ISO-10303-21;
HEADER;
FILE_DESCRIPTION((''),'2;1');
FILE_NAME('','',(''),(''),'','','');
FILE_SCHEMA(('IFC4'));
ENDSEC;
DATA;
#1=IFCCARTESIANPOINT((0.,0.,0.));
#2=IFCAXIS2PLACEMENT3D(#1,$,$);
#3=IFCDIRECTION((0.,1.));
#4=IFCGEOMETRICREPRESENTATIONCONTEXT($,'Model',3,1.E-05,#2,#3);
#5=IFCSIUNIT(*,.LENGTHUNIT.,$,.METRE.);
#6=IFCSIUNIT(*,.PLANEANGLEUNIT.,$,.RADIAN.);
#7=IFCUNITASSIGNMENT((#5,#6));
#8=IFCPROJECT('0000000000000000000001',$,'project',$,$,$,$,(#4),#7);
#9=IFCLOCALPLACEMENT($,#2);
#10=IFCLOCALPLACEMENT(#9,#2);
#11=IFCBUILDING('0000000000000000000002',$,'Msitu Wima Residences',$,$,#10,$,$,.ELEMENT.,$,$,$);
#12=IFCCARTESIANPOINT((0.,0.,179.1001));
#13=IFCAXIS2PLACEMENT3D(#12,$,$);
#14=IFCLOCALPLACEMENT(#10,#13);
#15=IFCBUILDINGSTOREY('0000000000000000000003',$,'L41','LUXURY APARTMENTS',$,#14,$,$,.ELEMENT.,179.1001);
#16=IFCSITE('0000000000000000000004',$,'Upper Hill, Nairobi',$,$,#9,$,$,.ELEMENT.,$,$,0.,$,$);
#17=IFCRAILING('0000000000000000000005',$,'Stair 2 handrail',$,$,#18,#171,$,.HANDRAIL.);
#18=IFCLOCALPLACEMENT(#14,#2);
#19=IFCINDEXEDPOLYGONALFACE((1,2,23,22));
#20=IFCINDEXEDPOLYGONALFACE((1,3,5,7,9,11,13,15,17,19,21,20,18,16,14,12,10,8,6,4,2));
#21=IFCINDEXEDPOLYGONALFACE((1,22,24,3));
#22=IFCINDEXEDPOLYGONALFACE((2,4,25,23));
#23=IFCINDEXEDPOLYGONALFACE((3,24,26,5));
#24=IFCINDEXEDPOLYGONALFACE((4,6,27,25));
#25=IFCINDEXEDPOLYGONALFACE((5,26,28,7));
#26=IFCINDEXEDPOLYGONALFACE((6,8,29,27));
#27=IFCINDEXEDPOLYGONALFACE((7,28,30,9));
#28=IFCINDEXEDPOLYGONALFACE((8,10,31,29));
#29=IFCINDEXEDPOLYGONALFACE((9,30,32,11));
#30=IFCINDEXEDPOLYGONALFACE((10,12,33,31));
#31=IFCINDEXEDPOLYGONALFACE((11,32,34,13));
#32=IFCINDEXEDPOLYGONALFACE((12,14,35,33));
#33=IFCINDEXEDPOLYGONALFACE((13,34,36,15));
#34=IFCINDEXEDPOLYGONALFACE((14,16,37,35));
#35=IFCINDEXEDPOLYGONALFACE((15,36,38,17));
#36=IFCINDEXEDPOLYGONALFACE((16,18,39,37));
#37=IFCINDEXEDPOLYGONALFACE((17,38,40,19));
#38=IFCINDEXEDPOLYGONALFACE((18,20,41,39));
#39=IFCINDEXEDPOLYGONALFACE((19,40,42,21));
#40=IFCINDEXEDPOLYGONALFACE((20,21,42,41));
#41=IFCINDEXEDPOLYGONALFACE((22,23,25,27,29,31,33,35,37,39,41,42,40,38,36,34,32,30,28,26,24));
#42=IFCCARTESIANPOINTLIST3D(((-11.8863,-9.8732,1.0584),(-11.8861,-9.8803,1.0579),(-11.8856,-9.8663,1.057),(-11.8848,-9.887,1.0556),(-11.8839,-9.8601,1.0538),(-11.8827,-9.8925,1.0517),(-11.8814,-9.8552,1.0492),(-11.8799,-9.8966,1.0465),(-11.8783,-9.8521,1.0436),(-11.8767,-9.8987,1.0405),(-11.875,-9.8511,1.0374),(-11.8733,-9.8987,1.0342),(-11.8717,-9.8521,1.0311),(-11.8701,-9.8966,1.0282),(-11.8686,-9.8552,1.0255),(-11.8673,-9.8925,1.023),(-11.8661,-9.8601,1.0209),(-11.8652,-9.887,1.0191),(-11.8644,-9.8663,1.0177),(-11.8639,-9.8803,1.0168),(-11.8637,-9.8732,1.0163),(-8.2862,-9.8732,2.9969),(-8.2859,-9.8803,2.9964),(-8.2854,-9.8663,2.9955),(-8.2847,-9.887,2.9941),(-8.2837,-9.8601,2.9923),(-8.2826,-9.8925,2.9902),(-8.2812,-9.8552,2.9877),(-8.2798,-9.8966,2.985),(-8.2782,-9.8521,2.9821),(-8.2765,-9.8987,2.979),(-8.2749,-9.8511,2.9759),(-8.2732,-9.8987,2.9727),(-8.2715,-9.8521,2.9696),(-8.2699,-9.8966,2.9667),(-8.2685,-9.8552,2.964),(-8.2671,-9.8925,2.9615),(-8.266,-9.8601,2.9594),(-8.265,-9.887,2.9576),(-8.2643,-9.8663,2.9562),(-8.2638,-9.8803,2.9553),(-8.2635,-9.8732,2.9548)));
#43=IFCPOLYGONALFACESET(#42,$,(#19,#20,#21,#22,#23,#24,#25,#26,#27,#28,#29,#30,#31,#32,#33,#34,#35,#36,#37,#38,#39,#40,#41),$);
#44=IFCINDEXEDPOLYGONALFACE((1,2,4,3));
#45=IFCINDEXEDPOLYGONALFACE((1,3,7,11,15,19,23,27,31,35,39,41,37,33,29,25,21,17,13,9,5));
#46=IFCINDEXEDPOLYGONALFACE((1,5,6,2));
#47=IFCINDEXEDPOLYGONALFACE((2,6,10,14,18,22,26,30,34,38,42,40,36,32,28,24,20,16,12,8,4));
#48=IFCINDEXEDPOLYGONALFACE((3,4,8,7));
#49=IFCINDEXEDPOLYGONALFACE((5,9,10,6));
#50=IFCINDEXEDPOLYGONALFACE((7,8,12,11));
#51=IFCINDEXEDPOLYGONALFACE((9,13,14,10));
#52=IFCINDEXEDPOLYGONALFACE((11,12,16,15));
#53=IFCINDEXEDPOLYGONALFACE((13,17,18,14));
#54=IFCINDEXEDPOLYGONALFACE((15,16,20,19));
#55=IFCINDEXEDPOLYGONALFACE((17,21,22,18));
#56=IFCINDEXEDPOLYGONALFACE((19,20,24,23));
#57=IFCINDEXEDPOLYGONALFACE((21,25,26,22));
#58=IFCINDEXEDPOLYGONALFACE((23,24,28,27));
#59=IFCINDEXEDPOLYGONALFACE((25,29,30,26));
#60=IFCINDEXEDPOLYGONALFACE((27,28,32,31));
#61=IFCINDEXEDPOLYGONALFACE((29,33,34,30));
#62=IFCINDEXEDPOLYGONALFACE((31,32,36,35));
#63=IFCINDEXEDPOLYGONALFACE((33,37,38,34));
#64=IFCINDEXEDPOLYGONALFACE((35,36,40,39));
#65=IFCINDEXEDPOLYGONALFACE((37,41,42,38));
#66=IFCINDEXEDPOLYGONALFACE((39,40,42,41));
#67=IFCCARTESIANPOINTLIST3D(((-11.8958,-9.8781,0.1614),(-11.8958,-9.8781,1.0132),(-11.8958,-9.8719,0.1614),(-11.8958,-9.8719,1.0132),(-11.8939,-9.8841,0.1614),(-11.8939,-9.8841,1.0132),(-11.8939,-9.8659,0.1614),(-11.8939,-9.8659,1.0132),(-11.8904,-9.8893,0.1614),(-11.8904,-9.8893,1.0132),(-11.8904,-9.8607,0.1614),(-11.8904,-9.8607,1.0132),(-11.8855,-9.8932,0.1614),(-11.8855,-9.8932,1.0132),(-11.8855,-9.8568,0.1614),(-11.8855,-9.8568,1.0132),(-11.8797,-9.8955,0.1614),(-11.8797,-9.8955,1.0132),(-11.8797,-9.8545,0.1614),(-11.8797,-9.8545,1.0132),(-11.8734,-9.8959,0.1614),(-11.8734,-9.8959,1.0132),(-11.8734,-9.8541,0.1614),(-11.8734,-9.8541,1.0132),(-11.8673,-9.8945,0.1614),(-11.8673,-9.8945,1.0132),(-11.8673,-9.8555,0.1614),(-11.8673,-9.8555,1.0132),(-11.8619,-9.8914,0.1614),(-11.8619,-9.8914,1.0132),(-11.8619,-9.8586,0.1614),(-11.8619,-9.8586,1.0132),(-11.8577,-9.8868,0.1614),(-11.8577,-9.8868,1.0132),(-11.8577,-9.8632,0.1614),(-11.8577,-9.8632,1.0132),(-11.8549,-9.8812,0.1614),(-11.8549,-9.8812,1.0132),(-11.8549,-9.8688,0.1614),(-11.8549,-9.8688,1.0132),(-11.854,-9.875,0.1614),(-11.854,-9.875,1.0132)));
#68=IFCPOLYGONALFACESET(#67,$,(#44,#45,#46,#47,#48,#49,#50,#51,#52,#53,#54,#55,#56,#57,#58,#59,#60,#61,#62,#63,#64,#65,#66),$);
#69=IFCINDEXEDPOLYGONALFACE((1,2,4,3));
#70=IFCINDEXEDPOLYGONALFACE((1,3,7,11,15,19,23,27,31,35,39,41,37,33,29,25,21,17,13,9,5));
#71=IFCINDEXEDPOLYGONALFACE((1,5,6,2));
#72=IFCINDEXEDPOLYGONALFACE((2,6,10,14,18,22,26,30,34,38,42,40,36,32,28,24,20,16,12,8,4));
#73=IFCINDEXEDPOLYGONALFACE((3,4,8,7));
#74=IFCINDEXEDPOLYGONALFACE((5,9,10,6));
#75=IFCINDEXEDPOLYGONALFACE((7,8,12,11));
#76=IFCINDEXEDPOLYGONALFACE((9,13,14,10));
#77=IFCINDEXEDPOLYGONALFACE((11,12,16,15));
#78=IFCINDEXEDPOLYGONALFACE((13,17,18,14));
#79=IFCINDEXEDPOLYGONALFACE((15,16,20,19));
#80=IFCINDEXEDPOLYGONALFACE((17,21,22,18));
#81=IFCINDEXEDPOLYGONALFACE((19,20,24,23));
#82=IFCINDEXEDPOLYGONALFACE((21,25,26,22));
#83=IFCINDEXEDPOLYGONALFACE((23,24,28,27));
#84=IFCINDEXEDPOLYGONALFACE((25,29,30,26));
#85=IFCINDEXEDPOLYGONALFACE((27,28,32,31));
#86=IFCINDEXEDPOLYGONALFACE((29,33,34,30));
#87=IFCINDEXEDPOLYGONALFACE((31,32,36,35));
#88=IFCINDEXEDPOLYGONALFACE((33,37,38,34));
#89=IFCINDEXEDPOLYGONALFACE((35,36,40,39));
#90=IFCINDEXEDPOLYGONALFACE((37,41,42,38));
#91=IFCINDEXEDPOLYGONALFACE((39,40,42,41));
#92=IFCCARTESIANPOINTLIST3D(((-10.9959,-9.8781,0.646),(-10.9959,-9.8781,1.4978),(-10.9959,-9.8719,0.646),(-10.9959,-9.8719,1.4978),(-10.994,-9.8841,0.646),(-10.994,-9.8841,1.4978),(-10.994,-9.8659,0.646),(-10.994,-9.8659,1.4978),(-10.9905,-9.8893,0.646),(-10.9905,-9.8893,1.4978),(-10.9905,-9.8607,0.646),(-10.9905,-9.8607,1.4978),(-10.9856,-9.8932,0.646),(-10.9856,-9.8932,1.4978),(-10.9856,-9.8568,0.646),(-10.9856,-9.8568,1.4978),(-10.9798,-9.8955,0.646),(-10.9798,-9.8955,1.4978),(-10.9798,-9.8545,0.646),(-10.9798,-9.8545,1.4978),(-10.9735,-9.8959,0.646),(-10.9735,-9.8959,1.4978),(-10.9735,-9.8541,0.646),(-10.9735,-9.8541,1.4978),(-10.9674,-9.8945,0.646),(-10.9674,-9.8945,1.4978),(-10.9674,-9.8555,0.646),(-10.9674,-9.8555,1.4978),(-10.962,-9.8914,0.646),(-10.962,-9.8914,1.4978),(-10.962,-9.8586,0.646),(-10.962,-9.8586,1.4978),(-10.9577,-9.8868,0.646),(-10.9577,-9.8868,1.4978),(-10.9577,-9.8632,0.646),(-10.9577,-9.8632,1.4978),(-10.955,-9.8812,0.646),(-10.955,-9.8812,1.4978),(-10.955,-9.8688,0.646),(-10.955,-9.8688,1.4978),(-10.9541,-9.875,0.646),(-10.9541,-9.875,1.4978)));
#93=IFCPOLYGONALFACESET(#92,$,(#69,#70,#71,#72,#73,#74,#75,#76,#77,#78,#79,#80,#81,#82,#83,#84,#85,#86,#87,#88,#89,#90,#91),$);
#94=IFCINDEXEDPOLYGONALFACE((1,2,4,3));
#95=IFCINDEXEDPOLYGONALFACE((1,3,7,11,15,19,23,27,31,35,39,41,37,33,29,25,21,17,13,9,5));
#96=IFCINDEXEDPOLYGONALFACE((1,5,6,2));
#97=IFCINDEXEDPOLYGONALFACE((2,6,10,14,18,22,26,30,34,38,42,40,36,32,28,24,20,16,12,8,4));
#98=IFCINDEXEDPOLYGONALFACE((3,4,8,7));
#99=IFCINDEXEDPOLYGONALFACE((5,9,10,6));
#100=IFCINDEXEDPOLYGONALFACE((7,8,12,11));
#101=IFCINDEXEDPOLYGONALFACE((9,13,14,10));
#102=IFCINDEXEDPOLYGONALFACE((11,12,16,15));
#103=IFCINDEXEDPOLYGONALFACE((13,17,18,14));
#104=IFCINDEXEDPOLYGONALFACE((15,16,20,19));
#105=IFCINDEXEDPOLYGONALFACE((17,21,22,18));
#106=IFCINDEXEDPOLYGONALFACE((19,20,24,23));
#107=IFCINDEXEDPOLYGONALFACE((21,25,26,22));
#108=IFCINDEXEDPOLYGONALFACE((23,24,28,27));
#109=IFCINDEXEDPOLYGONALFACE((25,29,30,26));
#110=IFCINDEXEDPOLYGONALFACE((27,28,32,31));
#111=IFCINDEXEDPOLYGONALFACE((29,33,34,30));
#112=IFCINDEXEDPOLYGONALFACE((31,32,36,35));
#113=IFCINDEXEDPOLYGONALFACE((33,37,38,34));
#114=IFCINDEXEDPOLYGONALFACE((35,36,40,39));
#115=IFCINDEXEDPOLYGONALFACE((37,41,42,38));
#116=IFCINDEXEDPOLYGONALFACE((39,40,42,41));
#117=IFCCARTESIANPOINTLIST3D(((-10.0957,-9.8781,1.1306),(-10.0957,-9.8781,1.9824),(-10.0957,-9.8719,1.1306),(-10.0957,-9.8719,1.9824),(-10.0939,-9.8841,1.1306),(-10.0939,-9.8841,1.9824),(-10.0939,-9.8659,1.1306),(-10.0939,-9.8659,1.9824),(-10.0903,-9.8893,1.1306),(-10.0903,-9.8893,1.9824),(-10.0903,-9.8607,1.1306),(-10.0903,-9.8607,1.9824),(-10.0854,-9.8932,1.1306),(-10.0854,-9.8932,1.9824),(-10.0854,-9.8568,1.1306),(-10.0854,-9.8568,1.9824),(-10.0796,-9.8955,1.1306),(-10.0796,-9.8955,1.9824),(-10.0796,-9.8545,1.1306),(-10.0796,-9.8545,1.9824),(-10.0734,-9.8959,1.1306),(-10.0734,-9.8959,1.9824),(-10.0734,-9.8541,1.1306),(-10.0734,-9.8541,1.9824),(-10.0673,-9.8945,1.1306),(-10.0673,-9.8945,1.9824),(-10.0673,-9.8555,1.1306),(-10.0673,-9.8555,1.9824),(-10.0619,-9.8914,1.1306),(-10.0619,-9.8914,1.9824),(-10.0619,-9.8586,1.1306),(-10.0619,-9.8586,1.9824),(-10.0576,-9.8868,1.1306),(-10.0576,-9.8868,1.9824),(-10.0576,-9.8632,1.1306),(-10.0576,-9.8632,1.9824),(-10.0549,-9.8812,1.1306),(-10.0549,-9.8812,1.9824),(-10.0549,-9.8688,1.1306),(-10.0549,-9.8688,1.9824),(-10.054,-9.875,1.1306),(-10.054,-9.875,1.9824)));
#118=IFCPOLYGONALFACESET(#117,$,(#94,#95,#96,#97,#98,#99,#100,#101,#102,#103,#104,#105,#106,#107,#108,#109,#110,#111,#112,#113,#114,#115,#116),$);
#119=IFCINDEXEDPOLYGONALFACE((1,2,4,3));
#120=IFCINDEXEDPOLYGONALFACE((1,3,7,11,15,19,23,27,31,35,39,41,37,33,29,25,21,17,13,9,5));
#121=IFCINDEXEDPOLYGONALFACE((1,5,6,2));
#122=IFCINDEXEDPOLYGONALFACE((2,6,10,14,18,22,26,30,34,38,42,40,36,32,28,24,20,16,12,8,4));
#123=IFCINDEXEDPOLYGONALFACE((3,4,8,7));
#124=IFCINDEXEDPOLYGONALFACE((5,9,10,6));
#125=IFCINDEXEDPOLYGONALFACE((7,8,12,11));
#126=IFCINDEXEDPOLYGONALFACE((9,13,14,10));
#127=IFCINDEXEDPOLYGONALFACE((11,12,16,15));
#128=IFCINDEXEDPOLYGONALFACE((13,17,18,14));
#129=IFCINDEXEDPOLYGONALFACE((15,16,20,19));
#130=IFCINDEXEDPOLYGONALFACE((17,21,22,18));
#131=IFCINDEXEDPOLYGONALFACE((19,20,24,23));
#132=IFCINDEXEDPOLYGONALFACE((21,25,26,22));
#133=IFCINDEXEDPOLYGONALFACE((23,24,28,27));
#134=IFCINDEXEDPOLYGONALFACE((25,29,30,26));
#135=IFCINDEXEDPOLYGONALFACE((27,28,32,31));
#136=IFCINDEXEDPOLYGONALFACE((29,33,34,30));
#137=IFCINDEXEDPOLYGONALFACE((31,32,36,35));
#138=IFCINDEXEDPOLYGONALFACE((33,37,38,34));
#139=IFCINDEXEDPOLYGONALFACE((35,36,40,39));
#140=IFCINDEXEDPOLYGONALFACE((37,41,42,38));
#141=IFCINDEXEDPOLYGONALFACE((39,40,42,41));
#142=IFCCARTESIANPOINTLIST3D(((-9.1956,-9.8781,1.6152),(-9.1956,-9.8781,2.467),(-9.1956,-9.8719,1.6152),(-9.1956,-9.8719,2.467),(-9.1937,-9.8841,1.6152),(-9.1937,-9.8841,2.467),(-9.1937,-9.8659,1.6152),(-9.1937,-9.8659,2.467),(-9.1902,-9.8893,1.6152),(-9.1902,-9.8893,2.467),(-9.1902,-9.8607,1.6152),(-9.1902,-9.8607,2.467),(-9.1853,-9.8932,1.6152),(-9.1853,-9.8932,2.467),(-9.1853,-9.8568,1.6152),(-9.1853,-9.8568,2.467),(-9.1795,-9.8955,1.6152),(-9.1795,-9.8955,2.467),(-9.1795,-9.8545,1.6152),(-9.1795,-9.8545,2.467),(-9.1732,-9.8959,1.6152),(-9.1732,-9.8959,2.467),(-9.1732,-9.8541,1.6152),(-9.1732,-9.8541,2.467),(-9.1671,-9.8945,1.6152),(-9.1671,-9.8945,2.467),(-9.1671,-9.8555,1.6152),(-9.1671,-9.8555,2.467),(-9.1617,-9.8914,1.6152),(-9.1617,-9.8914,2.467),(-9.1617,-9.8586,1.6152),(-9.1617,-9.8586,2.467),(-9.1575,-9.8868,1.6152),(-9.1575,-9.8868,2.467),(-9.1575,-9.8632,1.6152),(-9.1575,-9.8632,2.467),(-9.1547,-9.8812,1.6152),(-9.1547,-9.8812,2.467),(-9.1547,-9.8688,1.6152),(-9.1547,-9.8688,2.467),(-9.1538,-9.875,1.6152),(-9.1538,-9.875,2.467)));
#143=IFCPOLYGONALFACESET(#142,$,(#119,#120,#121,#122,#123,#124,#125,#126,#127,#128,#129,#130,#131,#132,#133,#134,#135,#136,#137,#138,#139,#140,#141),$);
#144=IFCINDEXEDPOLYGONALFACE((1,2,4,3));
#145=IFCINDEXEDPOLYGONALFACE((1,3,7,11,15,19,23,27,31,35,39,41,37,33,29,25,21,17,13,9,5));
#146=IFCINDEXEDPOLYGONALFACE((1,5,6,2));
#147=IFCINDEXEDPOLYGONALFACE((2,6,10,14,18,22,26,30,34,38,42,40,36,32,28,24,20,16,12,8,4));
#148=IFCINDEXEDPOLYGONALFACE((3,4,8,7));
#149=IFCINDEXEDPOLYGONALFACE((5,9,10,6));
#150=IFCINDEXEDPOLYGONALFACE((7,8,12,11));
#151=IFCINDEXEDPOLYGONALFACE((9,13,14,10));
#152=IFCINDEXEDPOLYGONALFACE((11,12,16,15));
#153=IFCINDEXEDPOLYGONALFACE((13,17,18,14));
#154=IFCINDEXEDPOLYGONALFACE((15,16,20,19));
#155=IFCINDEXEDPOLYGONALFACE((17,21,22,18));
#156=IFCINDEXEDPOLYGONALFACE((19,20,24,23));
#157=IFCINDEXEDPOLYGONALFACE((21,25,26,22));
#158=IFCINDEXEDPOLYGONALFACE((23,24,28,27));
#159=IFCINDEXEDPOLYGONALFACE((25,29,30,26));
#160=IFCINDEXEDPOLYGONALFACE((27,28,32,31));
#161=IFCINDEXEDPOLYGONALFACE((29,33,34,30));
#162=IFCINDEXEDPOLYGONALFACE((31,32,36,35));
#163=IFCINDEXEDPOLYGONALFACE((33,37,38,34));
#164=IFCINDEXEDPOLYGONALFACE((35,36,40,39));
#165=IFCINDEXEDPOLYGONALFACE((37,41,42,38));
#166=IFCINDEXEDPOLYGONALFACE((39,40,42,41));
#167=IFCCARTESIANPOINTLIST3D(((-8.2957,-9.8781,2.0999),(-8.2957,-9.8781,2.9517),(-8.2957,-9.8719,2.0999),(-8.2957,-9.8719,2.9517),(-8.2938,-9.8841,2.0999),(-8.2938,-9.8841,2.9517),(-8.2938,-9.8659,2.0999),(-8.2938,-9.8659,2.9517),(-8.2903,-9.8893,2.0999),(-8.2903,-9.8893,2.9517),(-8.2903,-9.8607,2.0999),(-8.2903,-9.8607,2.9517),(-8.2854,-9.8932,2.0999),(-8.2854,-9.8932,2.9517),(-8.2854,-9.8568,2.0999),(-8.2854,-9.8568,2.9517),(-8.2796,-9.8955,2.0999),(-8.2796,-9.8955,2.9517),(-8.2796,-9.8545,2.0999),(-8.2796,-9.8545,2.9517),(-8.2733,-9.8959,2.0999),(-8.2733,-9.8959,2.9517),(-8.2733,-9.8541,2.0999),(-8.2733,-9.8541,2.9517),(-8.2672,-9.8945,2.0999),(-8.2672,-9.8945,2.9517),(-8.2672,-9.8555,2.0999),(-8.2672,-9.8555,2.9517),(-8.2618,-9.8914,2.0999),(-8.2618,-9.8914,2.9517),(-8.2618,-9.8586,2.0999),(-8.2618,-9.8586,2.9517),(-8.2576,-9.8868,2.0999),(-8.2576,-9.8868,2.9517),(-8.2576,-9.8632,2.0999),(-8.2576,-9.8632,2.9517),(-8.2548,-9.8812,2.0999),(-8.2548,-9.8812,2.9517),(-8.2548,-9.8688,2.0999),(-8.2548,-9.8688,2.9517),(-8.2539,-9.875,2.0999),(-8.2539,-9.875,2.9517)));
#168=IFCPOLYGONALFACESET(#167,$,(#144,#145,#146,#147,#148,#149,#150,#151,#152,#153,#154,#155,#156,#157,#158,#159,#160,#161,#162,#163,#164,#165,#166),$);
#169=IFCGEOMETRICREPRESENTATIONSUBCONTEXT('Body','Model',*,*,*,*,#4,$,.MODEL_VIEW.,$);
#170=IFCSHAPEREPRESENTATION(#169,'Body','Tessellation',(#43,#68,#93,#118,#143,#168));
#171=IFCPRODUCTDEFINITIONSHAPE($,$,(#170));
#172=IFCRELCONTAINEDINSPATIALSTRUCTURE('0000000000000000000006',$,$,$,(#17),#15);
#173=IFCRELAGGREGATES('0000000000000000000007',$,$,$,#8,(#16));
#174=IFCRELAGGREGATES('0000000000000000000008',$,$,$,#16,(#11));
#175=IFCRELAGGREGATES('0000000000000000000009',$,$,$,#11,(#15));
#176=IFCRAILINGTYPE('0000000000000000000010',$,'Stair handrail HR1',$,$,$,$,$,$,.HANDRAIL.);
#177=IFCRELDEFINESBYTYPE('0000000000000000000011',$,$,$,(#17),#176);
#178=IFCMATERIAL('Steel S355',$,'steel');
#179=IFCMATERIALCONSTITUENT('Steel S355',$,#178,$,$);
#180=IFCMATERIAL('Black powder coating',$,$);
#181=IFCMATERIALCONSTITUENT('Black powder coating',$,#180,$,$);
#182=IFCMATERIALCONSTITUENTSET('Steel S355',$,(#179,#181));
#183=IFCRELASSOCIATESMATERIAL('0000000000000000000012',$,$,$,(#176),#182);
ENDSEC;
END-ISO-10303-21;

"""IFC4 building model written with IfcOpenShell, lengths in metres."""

from ifc_helpers import new_model, si_unit, direction, frame, origin, origin_2d, place, context, subcontext, project, spatial, circle, extrude, material, constituent, constituent_set, type_object, element, save


model = new_model("IFC4")

# Units and contexts
model_context = context("Model", 3, precision=1e-05, world=origin(), true_north=direction((0.0, 1.0)))
body_context = subcontext(model_context, "Body", "Model", "MODEL_VIEW")
ifc_project = project(units=[si_unit("LENGTHUNIT", "METRE"), si_unit("PLANEANGLEUNIT", "RADIAN")], contexts=[model_context])

# Site, building, storey
site_placement = place(None, origin())
site = spatial("IfcSite", under=ifc_project, at=site_placement, Name="Upper Hill, Nairobi", CompositionType="ELEMENT", RefElevation=0.0)
building_placement = place(site_placement, origin())
building = spatial("IfcBuilding", under=site, at=building_placement, Name="Msitu Wima Residences", CompositionType="ELEMENT")
storey_placement = place(building_placement, frame((0.0, 0.0, 179.1001)))
storey = spatial("IfcBuildingStorey", under=building, at=storey_placement, Name="L41", Description="LUXURY APARTMENTS", CompositionType="ELEMENT", Elevation=179.1001)

# Railing
ifc_material_1 = material(Name="Steel S355", Category="steel")
ifc_constituent_1 = constituent(ifc_material_1, Name="Steel S355")
ifc_material_2 = material(Name="Black powder coating")
ifc_constituent_2 = constituent(ifc_material_2, Name="Black powder coating")
ifc_constituent_set = constituent_set(constituents=[ifc_constituent_1, ifc_constituent_2], Name="Steel S355")
railing_type = type_object("IfcRailingType", Name="Stair handrail HR1", PredefinedType="HANDRAIL", material=ifc_constituent_set)
for number, where, name in (
    (1, (-11.875, -9.875, 0.1614), "Stair 2 handrail"),
):
    element("IfcRailing", number, at=place(storey_placement, frame(where)), inside=storey, type_object=railing_type, Name=name, PredefinedType="HANDRAIL", context=body_context, shape_type="SweptSolid", body=[
        extrude(circle(Radius=0.0239, at=origin_2d()), frame((0.0, 0.0, 0.876), z_axis=(0.880475, 0.0, 0.474093), x_axis=(0.0, 1.0, 0.0)), (0.0, 0.0, 1.0), 4.0889),
        extrude(circle(Radius=0.021, at=origin_2d()), origin(), (0.0, 0.0, 1.0), 0.8518),
        extrude(circle(Radius=0.021, at=origin_2d()), frame((0.8999, 0.0, 0.4846)), (0.0, 0.0, 1.0), 0.8518),
        extrude(circle(Radius=0.021, at=origin_2d()), frame((1.8, 0.0, 0.9692)), (0.0, 0.0, 1.0), 0.8518),
        extrude(circle(Radius=0.021, at=origin_2d()), frame((2.7002, 0.0, 1.4539)), (0.0, 0.0, 1.0), 0.8518),
        extrude(circle(Radius=0.021, at=origin_2d()), frame((3.6001, 0.0, 1.9385)), (0.0, 0.0, 1.0), 0.8518),
    ])

save(model, "model.ifc")
